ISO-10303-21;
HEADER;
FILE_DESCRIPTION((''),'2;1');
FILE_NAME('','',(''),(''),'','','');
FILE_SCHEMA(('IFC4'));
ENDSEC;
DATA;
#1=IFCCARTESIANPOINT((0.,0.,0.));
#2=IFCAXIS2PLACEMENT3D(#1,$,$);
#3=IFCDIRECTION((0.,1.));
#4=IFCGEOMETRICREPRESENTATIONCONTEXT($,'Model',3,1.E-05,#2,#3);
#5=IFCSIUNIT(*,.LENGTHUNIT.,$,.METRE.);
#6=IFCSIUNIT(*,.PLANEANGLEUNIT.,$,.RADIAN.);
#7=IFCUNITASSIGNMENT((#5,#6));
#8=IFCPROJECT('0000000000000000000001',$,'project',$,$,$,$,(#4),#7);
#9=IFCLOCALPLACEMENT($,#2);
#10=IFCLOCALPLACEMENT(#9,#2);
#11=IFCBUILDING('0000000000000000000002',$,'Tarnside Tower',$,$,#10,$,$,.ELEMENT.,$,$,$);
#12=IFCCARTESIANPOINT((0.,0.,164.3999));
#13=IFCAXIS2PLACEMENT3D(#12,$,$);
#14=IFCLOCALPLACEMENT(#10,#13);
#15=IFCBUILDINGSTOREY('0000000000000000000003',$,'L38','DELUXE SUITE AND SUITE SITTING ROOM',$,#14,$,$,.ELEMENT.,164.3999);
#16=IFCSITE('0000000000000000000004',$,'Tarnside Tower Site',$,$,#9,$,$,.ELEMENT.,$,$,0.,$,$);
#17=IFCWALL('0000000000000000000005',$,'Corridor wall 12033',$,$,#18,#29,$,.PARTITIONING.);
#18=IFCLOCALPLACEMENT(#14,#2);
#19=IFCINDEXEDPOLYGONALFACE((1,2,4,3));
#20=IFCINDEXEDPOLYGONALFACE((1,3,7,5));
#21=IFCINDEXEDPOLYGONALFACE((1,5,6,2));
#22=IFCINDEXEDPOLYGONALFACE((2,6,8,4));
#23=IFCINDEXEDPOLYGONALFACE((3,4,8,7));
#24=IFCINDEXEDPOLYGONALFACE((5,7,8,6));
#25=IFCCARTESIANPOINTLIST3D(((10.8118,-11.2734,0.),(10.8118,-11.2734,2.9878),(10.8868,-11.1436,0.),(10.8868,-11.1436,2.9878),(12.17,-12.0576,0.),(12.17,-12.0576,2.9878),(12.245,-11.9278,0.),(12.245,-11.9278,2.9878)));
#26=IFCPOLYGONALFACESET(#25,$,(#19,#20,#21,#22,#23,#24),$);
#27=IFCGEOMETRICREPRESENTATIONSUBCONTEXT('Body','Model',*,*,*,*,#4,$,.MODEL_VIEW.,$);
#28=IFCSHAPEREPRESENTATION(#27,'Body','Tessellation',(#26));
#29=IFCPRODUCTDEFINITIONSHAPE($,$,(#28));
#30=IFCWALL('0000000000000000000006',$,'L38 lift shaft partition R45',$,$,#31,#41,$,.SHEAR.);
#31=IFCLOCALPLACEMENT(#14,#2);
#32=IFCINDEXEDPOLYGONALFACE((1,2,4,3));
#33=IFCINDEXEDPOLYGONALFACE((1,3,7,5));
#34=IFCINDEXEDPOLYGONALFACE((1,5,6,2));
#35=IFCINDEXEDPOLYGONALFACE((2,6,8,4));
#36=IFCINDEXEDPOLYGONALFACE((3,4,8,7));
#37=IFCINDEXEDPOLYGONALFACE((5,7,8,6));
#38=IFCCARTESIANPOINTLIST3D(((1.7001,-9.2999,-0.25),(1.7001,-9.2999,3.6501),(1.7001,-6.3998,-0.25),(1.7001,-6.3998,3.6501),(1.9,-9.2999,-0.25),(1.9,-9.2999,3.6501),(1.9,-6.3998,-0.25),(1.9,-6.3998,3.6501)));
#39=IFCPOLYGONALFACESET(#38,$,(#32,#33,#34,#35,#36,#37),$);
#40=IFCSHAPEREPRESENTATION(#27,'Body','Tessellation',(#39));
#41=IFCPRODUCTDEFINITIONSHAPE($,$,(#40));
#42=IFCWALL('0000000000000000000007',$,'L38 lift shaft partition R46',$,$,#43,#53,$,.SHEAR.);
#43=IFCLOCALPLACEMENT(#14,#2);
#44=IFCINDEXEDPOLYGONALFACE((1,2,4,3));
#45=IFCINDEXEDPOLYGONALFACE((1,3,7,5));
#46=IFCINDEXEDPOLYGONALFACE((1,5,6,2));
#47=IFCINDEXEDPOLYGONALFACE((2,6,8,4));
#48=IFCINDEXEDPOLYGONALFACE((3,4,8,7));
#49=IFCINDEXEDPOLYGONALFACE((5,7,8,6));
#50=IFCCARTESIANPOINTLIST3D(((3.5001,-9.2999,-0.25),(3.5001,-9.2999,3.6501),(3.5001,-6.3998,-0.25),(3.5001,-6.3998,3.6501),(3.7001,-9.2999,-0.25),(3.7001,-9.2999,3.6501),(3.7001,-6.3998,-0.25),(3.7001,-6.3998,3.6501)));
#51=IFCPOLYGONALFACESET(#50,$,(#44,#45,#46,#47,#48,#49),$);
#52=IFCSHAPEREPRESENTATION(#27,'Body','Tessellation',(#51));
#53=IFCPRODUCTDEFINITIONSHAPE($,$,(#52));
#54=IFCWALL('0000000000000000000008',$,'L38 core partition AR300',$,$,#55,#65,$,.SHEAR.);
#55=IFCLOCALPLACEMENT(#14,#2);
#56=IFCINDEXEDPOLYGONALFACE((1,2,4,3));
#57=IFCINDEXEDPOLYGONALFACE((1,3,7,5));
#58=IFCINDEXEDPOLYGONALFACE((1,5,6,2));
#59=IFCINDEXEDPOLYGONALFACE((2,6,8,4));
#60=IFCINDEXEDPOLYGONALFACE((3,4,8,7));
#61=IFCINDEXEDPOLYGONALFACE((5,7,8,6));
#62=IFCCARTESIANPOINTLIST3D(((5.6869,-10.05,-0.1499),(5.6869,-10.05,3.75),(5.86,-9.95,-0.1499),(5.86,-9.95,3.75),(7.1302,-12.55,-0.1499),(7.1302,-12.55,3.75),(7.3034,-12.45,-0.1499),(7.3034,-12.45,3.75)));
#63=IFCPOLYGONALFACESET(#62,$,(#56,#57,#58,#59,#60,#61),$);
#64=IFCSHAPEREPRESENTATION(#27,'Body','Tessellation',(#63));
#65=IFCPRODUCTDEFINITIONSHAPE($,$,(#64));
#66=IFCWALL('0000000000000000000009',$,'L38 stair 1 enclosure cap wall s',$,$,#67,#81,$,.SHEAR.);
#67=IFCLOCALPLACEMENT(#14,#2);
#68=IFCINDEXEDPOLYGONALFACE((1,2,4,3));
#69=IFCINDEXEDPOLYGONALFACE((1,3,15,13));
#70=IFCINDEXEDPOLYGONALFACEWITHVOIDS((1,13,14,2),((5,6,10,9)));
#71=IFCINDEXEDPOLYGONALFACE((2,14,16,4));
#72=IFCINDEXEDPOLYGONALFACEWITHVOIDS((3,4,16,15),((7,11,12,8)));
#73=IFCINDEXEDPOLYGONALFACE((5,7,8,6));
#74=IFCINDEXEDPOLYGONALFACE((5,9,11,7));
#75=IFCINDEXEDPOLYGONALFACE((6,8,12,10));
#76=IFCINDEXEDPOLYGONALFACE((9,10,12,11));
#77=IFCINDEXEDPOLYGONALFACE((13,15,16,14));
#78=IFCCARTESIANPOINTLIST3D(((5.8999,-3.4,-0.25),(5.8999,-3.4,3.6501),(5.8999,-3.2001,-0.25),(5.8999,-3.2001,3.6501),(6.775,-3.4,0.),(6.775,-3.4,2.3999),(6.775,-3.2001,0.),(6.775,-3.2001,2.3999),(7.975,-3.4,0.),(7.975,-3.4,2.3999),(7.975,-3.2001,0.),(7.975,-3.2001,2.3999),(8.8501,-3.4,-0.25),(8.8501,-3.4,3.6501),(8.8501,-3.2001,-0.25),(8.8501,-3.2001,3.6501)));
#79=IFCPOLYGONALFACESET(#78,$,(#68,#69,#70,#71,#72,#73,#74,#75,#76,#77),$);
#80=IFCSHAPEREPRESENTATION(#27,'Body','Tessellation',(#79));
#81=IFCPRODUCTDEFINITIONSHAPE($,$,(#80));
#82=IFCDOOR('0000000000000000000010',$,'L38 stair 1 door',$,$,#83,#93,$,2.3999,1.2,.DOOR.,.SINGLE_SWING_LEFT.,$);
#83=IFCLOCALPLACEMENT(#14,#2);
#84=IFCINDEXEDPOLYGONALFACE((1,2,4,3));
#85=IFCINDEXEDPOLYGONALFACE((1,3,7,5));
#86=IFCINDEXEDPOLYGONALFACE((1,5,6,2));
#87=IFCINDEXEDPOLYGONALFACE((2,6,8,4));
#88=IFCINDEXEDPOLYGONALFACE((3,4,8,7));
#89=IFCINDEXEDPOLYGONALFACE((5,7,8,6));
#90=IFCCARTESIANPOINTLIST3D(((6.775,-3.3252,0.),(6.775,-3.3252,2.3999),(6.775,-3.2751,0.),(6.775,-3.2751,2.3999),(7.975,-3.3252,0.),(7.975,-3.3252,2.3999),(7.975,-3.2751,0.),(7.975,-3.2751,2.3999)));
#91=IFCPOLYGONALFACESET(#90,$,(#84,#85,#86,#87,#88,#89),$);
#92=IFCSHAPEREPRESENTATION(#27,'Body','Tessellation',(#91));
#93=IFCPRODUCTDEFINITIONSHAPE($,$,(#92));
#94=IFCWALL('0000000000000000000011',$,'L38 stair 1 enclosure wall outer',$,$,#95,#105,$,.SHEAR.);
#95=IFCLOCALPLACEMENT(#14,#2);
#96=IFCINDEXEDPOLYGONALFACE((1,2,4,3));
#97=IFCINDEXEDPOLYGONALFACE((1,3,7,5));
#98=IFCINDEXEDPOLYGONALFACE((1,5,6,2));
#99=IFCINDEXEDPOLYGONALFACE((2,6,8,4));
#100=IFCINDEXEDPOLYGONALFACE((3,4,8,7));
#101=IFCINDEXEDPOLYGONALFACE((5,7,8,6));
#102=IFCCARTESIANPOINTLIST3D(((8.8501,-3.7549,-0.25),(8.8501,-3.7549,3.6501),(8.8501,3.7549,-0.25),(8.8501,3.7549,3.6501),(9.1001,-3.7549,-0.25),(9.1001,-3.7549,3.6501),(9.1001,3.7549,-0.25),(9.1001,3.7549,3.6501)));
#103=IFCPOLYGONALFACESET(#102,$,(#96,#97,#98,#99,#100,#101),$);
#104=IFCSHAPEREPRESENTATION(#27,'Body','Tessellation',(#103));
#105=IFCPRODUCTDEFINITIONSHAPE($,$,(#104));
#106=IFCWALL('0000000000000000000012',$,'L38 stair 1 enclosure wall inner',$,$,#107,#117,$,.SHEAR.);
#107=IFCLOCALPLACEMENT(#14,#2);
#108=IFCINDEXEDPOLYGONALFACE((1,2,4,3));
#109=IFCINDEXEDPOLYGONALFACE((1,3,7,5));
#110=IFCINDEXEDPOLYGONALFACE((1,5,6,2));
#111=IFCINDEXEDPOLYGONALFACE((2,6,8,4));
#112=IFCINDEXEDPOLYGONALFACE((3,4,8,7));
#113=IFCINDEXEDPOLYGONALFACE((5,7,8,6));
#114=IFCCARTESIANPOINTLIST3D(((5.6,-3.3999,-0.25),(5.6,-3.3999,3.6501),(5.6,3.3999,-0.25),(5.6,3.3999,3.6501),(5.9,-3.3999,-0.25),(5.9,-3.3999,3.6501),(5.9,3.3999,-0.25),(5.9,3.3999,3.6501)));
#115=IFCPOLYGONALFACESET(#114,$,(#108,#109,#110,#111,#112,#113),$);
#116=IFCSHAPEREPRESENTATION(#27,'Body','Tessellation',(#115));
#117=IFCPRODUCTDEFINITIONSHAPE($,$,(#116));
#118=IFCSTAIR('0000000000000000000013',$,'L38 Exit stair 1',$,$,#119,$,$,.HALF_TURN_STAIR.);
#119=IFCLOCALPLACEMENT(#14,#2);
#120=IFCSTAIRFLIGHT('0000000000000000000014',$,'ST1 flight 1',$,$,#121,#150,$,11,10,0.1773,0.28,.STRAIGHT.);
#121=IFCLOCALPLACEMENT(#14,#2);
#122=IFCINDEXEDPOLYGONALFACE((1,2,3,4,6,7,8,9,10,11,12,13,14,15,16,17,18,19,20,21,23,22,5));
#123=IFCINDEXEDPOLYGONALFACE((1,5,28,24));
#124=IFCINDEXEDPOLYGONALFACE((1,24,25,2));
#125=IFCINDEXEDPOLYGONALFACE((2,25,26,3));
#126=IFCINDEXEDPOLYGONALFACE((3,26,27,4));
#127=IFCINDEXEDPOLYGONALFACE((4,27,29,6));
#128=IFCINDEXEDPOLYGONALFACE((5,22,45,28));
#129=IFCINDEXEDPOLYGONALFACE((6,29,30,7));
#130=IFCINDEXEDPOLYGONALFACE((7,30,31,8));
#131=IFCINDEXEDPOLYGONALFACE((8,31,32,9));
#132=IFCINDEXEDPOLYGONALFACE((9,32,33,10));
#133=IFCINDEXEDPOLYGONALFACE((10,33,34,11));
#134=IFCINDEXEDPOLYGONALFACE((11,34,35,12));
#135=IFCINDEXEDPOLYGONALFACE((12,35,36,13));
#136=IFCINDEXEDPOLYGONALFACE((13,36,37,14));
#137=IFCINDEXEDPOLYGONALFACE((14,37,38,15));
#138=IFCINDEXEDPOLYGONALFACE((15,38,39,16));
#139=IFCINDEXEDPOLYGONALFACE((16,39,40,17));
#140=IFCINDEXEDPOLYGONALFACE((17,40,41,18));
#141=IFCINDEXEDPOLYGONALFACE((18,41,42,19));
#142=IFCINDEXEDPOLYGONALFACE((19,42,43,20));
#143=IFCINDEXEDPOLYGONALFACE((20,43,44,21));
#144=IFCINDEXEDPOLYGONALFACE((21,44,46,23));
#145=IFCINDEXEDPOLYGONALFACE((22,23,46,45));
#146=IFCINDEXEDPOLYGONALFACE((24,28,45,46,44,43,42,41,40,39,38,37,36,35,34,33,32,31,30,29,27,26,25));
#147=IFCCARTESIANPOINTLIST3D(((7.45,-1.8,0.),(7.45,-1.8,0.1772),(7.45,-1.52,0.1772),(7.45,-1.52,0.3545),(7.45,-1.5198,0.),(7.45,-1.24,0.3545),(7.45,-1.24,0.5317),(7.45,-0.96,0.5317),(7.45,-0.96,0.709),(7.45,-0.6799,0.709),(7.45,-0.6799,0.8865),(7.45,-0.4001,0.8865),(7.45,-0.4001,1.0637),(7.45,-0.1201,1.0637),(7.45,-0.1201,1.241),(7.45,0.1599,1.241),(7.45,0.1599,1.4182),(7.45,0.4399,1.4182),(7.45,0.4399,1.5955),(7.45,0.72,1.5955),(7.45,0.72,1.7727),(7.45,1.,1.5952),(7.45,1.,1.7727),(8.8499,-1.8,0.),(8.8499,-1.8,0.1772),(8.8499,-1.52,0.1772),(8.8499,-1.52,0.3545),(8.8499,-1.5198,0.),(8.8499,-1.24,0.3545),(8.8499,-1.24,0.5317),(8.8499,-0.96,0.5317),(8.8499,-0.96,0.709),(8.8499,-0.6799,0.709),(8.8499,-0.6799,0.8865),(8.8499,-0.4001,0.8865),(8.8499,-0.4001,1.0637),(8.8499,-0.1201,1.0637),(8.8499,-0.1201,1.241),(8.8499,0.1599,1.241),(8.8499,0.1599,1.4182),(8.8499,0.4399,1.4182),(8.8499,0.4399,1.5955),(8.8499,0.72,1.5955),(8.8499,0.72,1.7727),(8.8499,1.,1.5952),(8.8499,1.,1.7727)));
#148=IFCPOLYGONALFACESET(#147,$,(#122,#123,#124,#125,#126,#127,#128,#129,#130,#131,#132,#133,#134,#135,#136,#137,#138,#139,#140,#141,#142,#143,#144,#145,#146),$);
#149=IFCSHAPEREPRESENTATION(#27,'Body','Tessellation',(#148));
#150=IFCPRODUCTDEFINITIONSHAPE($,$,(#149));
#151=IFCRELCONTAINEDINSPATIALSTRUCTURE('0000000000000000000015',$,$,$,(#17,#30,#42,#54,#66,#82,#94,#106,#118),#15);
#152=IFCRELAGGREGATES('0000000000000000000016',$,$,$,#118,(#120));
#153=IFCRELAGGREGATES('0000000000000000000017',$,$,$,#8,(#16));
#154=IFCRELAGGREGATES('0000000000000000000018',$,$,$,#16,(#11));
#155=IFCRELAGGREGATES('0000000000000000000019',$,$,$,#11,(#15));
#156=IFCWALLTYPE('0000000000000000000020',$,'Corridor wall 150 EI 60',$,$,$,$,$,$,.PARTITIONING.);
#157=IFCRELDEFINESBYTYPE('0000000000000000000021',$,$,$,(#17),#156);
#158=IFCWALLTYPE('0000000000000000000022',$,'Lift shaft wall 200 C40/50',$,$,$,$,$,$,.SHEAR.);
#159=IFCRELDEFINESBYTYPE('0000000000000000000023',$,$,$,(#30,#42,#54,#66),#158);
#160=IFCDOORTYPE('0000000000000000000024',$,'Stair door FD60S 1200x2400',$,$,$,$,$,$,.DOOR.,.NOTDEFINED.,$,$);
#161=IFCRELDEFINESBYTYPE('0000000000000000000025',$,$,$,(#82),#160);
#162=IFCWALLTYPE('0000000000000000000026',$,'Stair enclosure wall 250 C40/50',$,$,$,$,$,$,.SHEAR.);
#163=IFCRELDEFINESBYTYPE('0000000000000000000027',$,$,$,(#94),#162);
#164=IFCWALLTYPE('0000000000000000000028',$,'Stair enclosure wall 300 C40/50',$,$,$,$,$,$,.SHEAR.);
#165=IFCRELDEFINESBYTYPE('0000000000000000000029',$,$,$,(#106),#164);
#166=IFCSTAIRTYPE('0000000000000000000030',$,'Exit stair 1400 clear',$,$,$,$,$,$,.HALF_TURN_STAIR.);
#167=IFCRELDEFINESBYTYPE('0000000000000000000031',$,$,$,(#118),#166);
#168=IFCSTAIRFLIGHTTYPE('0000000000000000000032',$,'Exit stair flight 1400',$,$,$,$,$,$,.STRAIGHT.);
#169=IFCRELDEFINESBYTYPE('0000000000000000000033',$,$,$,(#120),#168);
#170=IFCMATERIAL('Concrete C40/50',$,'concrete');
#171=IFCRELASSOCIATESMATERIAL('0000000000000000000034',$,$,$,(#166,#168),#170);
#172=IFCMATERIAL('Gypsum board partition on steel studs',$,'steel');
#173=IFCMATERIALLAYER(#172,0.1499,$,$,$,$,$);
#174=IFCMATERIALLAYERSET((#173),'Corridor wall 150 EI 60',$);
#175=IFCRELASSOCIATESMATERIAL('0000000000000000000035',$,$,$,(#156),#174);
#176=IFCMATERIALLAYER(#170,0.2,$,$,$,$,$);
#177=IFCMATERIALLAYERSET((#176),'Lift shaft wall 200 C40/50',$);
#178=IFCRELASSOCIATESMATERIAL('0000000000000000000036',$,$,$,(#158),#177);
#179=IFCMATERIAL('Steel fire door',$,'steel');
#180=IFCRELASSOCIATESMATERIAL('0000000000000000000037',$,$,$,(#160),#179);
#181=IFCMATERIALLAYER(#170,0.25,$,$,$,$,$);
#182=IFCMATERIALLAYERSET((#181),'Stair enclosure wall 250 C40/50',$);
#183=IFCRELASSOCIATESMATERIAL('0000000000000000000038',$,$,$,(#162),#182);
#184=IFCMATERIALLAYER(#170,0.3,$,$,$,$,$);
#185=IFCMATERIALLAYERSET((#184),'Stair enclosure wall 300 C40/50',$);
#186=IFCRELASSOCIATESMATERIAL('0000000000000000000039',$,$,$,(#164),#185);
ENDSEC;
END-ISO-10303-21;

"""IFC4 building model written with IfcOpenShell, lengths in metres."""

from ifc_helpers import new_model, si_unit, direction, frame, frame_2d, origin, place, context, subcontext, project, spatial, polyline, rectangle, outline, extrude, material, layer, layer_set, type_object, element, fill, aggregate, save


model = new_model("IFC4")

# Units and contexts
model_context = context("Model", 3, precision=1e-05, world=origin(), true_north=direction((0.0, 1.0)))
body_context = subcontext(model_context, "Body", "Model", "MODEL_VIEW")
ifc_project = project(units=[si_unit("LENGTHUNIT", "METRE"), si_unit("PLANEANGLEUNIT", "RADIAN")], contexts=[model_context])

# Site, building, storey
site_placement = place(None, origin())
site = spatial("IfcSite", under=ifc_project, at=site_placement, Name="Tarnside Tower Site", CompositionType="ELEMENT", RefElevation=0.0)
building_placement = place(site_placement, origin())
building = spatial("IfcBuilding", under=site, at=building_placement, Name="Tarnside Tower", CompositionType="ELEMENT")
storey_placement = place(building_placement, frame((0.0, 0.0, 164.3999)))
storey = spatial("IfcBuildingStorey", under=building, at=storey_placement, Name="L38", Description="DELUXE SUITE AND SUITE SITTING ROOM", CompositionType="ELEMENT", Elevation=164.3999)

# Shared definitions
ifc_material_1 = material(Name="Concrete C40/50", Category="concrete")

# Shared definitions
stair_type = type_object("IfcStairType", Name="Exit stair 1400 clear", PredefinedType="HALF_TURN_STAIR", material=ifc_material_1)

# Shared definitions
ifc_material_2 = material(Name="Gypsum board partition on steel studs", Category="steel")

# Shared definitions
ifc_material_3 = material(Name="Steel fire door", Category="steel")

# Shared definitions
ifc_layer_1 = layer(ifc_material_2, 0.1499)
ifc_layer_set_1 = layer_set([ifc_layer_1], Name="Corridor wall 150 EI 60")
wall_type_1 = type_object("IfcWallType", Name="Corridor wall 150 EI 60", PredefinedType="PARTITIONING", material=ifc_layer_set_1)

# Walls
wall_1_placement = place(storey_placement, frame((12.2075, -11.9927, 0.0), z_axis=(0.0, 0.0, 1.0), x_axis=(-0.866012, 0.500023, 0.0)))
element("IfcWall", 1, at=wall_1_placement, inside=storey, type_object=wall_type_1, Name="Corridor wall 12033", PredefinedType="PARTITIONING", context=body_context, shape_type="SweptSolid", body=[
    extrude(rectangle(XDim=1.5684, YDim=0.1499, at=frame_2d((0.7842, 0.0))), origin(), (0.0, 0.0, 1.0), 2.9878),
])
ifc_layer_2 = layer(ifc_material_1, 0.2)
ifc_layer_set_2 = layer_set([ifc_layer_2], Name="Lift shaft wall 200 C40/50")
wall_type_2 = type_object("IfcWallType", Name="Lift shaft wall 200 C40/50", PredefinedType="SHEAR", material=ifc_layer_set_2)
for number, where, z_axis, x_axis, name in (
    (2, (1.8, -9.3, -0.25), (0.0, 0.0, 1.0), (0.0, 1.0, 0.0), "L38 lift shaft partition R45"),
    (3, (3.6001, -9.3, -0.25), (0.0, 0.0, 1.0), (0.0, 1.0, 0.0), "L38 lift shaft partition R46"),
):
    element("IfcWall", number, at=place(storey_placement, frame(where, z_axis=z_axis, x_axis=x_axis)), inside=storey, type_object=wall_type_2, Name=name, PredefinedType="SHEAR", context=body_context, shape_type="SweptSolid", body=[
        extrude(rectangle(XDim=2.9001, YDim=0.2, at=frame_2d((1.4502, 0.0))), origin(), (0.0, 0.0, 1.0), 3.9001),
    ])
wall_2_placement = place(storey_placement, frame((5.7734, -10.0, -0.1499), z_axis=(0.0, 0.0, 1.0), x_axis=(0.499996, -0.866028, 0.0)))
element("IfcWall", 4, at=wall_2_placement, inside=storey, type_object=wall_type_2, Name="L38 core partition AR300", PredefinedType="SHEAR", context=body_context, shape_type="SweptSolid", body=[
    extrude(rectangle(XDim=2.8867, YDim=0.2, at=frame_2d((1.4434, 0.0))), origin(), (0.0, 0.0, 1.0), 3.8999),
])

# Wall, opening, door
wall_3_placement = place(storey_placement, frame((5.8999, -3.3, -0.25), z_axis=(0.0, 0.0, 1.0), x_axis=(1.0, 0.0, 0.0)))
wall_3 = element("IfcWall", 5, at=wall_3_placement, inside=storey, type_object=wall_type_2, Name="L38 stair 1 enclosure cap wall s", PredefinedType="SHEAR", context=body_context, shape_type="SweptSolid", body=[
    extrude(rectangle(XDim=2.9502, YDim=0.2, at=frame_2d((1.4751, 0.0))), origin(), (0.0, 0.0, 1.0), 3.9001),
])
opening_1_placement = place(wall_3_placement, frame((0.875, 0.0, 0.25)))
opening_1 = element("IfcOpeningElement", 6, at=opening_1_placement, cuts=wall_3, PredefinedType="OPENING", context=body_context, shape_type="SweptSolid", body=[
    extrude(rectangle(XDim=1.2, YDim=2.3999, at=frame_2d((0.6001, 1.2))), frame((0.0, 0.1099, 0.0), z_axis=(0.0, -1.0, 0.0), x_axis=(1.0, 0.0, 0.0)), (0.0, 0.0, 1.0), 0.22),
])
door_type_1 = type_object("IfcDoorType", Name="Stair door FD60S 1200x2400", OperationType="NOTDEFINED", PredefinedType="DOOR", material=ifc_material_3)
door_1_placement = place(opening_1_placement, origin())
door_1 = element("IfcDoor", 7, at=door_1_placement, inside=storey, type_object=door_type_1, Name="L38 stair 1 door", OperationType="SINGLE_SWING_LEFT", OverallHeight=2.3999, OverallWidth=1.2, PredefinedType="DOOR", context=body_context, shape_type="SweptSolid", body=[
    extrude(rectangle(XDim=1.2, YDim=2.3999, at=frame_2d((0.6001, 1.2))), frame((0.0, 0.0249, 0.0), z_axis=(0.0, -1.0, 0.0), x_axis=(1.0, 0.0, 0.0)), (0.0, 0.0, 1.0), 0.05),
])
fill(opening_1, door_1)

# Walls
ifc_layer_3 = layer(ifc_material_1, 0.25)
ifc_layer_set_3 = layer_set([ifc_layer_3], Name="Stair enclosure wall 250 C40/50")
wall_type_3 = type_object("IfcWallType", Name="Stair enclosure wall 250 C40/50", PredefinedType="SHEAR", material=ifc_layer_set_3)
wall_4_placement = place(storey_placement, frame((8.9751, -3.7549, -0.25), z_axis=(0.0, 0.0, 1.0), x_axis=(0.0, 1.0, 0.0)))
element("IfcWall", 8, at=wall_4_placement, inside=storey, type_object=wall_type_3, Name="L38 stair 1 enclosure wall outer", PredefinedType="SHEAR", context=body_context, shape_type="SweptSolid", body=[
    extrude(rectangle(XDim=7.5098, YDim=0.25, at=frame_2d((3.7549, 0.0))), origin(), (0.0, 0.0, 1.0), 3.9001),
])
ifc_layer_4 = layer(ifc_material_1, 0.3)
ifc_layer_set_4 = layer_set([ifc_layer_4], Name="Stair enclosure wall 300 C40/50")
wall_type_4 = type_object("IfcWallType", Name="Stair enclosure wall 300 C40/50", PredefinedType="SHEAR", material=ifc_layer_set_4)
wall_5_placement = place(storey_placement, frame((5.75, -3.3999, -0.25), z_axis=(0.0, 0.0, 1.0), x_axis=(0.0, 1.0, 0.0)))
element("IfcWall", 9, at=wall_5_placement, inside=storey, type_object=wall_type_4, Name="L38 stair 1 enclosure wall inner", PredefinedType="SHEAR", context=body_context, shape_type="SweptSolid", body=[
    extrude(rectangle(XDim=6.7998, YDim=0.3, at=frame_2d((3.3999, 0.0))), origin(), (0.0, 0.0, 1.0), 3.9001),
])

# Stair, stair flight
stair_1_placement = place(storey_placement, origin())
stair_1 = element("IfcStair", 10, at=stair_1_placement, inside=storey, type_object=stair_type, Name="L38 Exit stair 1", PredefinedType="HALF_TURN_STAIR")
stair_flight_type = type_object("IfcStairFlightType", Name="Exit stair flight 1400", PredefinedType="STRAIGHT", material=ifc_material_1)
stair_flight_placement = place(storey_placement, frame((8.1499, -1.8, 0.0), z_axis=(0.0, 0.0, 1.0), x_axis=(0.0, 1.0, 0.0)))
stair_flight = element("IfcStairFlight", 11, at=stair_flight_placement, type_object=stair_flight_type, Name="ST1 flight 1", NumberOfRisers=11, NumberOfTreads=10, PredefinedType="STRAIGHT", RiserHeight=0.1773, TreadLength=0.28, context=body_context, shape_type="SweptSolid", body=[
    extrude(outline(polyline([(0.0, 0.0), (0.0, 0.1772), (0.28, 0.1772), (0.28, 0.3545), (0.5601, 0.3545), (0.5601, 0.5317), (0.8401, 0.5317), (0.8401, 0.709), (1.1201, 0.709), (1.1201, 0.8865), (1.3999, 0.8865), (1.3999, 1.0637), (1.6799, 1.0637), (1.6799, 1.241), (1.96, 1.241), (1.96, 1.4182), (2.24, 1.4182), (2.24, 1.5955), (2.52, 1.5955), (2.52, 1.7727), (2.8, 1.7727), (2.8, 1.95), (2.8, 1.5952), (0.2803, 0.0), (0.0, 0.0)])), frame((0.0, 0.7, 0.0), z_axis=(0.0, -1.0, 0.0), x_axis=(1.0, 0.0, 0.0)), (0.0, 0.0, 1.0), 1.3999),
])
aggregate(stair_1, [stair_flight])

save(model, "model.ifc")
